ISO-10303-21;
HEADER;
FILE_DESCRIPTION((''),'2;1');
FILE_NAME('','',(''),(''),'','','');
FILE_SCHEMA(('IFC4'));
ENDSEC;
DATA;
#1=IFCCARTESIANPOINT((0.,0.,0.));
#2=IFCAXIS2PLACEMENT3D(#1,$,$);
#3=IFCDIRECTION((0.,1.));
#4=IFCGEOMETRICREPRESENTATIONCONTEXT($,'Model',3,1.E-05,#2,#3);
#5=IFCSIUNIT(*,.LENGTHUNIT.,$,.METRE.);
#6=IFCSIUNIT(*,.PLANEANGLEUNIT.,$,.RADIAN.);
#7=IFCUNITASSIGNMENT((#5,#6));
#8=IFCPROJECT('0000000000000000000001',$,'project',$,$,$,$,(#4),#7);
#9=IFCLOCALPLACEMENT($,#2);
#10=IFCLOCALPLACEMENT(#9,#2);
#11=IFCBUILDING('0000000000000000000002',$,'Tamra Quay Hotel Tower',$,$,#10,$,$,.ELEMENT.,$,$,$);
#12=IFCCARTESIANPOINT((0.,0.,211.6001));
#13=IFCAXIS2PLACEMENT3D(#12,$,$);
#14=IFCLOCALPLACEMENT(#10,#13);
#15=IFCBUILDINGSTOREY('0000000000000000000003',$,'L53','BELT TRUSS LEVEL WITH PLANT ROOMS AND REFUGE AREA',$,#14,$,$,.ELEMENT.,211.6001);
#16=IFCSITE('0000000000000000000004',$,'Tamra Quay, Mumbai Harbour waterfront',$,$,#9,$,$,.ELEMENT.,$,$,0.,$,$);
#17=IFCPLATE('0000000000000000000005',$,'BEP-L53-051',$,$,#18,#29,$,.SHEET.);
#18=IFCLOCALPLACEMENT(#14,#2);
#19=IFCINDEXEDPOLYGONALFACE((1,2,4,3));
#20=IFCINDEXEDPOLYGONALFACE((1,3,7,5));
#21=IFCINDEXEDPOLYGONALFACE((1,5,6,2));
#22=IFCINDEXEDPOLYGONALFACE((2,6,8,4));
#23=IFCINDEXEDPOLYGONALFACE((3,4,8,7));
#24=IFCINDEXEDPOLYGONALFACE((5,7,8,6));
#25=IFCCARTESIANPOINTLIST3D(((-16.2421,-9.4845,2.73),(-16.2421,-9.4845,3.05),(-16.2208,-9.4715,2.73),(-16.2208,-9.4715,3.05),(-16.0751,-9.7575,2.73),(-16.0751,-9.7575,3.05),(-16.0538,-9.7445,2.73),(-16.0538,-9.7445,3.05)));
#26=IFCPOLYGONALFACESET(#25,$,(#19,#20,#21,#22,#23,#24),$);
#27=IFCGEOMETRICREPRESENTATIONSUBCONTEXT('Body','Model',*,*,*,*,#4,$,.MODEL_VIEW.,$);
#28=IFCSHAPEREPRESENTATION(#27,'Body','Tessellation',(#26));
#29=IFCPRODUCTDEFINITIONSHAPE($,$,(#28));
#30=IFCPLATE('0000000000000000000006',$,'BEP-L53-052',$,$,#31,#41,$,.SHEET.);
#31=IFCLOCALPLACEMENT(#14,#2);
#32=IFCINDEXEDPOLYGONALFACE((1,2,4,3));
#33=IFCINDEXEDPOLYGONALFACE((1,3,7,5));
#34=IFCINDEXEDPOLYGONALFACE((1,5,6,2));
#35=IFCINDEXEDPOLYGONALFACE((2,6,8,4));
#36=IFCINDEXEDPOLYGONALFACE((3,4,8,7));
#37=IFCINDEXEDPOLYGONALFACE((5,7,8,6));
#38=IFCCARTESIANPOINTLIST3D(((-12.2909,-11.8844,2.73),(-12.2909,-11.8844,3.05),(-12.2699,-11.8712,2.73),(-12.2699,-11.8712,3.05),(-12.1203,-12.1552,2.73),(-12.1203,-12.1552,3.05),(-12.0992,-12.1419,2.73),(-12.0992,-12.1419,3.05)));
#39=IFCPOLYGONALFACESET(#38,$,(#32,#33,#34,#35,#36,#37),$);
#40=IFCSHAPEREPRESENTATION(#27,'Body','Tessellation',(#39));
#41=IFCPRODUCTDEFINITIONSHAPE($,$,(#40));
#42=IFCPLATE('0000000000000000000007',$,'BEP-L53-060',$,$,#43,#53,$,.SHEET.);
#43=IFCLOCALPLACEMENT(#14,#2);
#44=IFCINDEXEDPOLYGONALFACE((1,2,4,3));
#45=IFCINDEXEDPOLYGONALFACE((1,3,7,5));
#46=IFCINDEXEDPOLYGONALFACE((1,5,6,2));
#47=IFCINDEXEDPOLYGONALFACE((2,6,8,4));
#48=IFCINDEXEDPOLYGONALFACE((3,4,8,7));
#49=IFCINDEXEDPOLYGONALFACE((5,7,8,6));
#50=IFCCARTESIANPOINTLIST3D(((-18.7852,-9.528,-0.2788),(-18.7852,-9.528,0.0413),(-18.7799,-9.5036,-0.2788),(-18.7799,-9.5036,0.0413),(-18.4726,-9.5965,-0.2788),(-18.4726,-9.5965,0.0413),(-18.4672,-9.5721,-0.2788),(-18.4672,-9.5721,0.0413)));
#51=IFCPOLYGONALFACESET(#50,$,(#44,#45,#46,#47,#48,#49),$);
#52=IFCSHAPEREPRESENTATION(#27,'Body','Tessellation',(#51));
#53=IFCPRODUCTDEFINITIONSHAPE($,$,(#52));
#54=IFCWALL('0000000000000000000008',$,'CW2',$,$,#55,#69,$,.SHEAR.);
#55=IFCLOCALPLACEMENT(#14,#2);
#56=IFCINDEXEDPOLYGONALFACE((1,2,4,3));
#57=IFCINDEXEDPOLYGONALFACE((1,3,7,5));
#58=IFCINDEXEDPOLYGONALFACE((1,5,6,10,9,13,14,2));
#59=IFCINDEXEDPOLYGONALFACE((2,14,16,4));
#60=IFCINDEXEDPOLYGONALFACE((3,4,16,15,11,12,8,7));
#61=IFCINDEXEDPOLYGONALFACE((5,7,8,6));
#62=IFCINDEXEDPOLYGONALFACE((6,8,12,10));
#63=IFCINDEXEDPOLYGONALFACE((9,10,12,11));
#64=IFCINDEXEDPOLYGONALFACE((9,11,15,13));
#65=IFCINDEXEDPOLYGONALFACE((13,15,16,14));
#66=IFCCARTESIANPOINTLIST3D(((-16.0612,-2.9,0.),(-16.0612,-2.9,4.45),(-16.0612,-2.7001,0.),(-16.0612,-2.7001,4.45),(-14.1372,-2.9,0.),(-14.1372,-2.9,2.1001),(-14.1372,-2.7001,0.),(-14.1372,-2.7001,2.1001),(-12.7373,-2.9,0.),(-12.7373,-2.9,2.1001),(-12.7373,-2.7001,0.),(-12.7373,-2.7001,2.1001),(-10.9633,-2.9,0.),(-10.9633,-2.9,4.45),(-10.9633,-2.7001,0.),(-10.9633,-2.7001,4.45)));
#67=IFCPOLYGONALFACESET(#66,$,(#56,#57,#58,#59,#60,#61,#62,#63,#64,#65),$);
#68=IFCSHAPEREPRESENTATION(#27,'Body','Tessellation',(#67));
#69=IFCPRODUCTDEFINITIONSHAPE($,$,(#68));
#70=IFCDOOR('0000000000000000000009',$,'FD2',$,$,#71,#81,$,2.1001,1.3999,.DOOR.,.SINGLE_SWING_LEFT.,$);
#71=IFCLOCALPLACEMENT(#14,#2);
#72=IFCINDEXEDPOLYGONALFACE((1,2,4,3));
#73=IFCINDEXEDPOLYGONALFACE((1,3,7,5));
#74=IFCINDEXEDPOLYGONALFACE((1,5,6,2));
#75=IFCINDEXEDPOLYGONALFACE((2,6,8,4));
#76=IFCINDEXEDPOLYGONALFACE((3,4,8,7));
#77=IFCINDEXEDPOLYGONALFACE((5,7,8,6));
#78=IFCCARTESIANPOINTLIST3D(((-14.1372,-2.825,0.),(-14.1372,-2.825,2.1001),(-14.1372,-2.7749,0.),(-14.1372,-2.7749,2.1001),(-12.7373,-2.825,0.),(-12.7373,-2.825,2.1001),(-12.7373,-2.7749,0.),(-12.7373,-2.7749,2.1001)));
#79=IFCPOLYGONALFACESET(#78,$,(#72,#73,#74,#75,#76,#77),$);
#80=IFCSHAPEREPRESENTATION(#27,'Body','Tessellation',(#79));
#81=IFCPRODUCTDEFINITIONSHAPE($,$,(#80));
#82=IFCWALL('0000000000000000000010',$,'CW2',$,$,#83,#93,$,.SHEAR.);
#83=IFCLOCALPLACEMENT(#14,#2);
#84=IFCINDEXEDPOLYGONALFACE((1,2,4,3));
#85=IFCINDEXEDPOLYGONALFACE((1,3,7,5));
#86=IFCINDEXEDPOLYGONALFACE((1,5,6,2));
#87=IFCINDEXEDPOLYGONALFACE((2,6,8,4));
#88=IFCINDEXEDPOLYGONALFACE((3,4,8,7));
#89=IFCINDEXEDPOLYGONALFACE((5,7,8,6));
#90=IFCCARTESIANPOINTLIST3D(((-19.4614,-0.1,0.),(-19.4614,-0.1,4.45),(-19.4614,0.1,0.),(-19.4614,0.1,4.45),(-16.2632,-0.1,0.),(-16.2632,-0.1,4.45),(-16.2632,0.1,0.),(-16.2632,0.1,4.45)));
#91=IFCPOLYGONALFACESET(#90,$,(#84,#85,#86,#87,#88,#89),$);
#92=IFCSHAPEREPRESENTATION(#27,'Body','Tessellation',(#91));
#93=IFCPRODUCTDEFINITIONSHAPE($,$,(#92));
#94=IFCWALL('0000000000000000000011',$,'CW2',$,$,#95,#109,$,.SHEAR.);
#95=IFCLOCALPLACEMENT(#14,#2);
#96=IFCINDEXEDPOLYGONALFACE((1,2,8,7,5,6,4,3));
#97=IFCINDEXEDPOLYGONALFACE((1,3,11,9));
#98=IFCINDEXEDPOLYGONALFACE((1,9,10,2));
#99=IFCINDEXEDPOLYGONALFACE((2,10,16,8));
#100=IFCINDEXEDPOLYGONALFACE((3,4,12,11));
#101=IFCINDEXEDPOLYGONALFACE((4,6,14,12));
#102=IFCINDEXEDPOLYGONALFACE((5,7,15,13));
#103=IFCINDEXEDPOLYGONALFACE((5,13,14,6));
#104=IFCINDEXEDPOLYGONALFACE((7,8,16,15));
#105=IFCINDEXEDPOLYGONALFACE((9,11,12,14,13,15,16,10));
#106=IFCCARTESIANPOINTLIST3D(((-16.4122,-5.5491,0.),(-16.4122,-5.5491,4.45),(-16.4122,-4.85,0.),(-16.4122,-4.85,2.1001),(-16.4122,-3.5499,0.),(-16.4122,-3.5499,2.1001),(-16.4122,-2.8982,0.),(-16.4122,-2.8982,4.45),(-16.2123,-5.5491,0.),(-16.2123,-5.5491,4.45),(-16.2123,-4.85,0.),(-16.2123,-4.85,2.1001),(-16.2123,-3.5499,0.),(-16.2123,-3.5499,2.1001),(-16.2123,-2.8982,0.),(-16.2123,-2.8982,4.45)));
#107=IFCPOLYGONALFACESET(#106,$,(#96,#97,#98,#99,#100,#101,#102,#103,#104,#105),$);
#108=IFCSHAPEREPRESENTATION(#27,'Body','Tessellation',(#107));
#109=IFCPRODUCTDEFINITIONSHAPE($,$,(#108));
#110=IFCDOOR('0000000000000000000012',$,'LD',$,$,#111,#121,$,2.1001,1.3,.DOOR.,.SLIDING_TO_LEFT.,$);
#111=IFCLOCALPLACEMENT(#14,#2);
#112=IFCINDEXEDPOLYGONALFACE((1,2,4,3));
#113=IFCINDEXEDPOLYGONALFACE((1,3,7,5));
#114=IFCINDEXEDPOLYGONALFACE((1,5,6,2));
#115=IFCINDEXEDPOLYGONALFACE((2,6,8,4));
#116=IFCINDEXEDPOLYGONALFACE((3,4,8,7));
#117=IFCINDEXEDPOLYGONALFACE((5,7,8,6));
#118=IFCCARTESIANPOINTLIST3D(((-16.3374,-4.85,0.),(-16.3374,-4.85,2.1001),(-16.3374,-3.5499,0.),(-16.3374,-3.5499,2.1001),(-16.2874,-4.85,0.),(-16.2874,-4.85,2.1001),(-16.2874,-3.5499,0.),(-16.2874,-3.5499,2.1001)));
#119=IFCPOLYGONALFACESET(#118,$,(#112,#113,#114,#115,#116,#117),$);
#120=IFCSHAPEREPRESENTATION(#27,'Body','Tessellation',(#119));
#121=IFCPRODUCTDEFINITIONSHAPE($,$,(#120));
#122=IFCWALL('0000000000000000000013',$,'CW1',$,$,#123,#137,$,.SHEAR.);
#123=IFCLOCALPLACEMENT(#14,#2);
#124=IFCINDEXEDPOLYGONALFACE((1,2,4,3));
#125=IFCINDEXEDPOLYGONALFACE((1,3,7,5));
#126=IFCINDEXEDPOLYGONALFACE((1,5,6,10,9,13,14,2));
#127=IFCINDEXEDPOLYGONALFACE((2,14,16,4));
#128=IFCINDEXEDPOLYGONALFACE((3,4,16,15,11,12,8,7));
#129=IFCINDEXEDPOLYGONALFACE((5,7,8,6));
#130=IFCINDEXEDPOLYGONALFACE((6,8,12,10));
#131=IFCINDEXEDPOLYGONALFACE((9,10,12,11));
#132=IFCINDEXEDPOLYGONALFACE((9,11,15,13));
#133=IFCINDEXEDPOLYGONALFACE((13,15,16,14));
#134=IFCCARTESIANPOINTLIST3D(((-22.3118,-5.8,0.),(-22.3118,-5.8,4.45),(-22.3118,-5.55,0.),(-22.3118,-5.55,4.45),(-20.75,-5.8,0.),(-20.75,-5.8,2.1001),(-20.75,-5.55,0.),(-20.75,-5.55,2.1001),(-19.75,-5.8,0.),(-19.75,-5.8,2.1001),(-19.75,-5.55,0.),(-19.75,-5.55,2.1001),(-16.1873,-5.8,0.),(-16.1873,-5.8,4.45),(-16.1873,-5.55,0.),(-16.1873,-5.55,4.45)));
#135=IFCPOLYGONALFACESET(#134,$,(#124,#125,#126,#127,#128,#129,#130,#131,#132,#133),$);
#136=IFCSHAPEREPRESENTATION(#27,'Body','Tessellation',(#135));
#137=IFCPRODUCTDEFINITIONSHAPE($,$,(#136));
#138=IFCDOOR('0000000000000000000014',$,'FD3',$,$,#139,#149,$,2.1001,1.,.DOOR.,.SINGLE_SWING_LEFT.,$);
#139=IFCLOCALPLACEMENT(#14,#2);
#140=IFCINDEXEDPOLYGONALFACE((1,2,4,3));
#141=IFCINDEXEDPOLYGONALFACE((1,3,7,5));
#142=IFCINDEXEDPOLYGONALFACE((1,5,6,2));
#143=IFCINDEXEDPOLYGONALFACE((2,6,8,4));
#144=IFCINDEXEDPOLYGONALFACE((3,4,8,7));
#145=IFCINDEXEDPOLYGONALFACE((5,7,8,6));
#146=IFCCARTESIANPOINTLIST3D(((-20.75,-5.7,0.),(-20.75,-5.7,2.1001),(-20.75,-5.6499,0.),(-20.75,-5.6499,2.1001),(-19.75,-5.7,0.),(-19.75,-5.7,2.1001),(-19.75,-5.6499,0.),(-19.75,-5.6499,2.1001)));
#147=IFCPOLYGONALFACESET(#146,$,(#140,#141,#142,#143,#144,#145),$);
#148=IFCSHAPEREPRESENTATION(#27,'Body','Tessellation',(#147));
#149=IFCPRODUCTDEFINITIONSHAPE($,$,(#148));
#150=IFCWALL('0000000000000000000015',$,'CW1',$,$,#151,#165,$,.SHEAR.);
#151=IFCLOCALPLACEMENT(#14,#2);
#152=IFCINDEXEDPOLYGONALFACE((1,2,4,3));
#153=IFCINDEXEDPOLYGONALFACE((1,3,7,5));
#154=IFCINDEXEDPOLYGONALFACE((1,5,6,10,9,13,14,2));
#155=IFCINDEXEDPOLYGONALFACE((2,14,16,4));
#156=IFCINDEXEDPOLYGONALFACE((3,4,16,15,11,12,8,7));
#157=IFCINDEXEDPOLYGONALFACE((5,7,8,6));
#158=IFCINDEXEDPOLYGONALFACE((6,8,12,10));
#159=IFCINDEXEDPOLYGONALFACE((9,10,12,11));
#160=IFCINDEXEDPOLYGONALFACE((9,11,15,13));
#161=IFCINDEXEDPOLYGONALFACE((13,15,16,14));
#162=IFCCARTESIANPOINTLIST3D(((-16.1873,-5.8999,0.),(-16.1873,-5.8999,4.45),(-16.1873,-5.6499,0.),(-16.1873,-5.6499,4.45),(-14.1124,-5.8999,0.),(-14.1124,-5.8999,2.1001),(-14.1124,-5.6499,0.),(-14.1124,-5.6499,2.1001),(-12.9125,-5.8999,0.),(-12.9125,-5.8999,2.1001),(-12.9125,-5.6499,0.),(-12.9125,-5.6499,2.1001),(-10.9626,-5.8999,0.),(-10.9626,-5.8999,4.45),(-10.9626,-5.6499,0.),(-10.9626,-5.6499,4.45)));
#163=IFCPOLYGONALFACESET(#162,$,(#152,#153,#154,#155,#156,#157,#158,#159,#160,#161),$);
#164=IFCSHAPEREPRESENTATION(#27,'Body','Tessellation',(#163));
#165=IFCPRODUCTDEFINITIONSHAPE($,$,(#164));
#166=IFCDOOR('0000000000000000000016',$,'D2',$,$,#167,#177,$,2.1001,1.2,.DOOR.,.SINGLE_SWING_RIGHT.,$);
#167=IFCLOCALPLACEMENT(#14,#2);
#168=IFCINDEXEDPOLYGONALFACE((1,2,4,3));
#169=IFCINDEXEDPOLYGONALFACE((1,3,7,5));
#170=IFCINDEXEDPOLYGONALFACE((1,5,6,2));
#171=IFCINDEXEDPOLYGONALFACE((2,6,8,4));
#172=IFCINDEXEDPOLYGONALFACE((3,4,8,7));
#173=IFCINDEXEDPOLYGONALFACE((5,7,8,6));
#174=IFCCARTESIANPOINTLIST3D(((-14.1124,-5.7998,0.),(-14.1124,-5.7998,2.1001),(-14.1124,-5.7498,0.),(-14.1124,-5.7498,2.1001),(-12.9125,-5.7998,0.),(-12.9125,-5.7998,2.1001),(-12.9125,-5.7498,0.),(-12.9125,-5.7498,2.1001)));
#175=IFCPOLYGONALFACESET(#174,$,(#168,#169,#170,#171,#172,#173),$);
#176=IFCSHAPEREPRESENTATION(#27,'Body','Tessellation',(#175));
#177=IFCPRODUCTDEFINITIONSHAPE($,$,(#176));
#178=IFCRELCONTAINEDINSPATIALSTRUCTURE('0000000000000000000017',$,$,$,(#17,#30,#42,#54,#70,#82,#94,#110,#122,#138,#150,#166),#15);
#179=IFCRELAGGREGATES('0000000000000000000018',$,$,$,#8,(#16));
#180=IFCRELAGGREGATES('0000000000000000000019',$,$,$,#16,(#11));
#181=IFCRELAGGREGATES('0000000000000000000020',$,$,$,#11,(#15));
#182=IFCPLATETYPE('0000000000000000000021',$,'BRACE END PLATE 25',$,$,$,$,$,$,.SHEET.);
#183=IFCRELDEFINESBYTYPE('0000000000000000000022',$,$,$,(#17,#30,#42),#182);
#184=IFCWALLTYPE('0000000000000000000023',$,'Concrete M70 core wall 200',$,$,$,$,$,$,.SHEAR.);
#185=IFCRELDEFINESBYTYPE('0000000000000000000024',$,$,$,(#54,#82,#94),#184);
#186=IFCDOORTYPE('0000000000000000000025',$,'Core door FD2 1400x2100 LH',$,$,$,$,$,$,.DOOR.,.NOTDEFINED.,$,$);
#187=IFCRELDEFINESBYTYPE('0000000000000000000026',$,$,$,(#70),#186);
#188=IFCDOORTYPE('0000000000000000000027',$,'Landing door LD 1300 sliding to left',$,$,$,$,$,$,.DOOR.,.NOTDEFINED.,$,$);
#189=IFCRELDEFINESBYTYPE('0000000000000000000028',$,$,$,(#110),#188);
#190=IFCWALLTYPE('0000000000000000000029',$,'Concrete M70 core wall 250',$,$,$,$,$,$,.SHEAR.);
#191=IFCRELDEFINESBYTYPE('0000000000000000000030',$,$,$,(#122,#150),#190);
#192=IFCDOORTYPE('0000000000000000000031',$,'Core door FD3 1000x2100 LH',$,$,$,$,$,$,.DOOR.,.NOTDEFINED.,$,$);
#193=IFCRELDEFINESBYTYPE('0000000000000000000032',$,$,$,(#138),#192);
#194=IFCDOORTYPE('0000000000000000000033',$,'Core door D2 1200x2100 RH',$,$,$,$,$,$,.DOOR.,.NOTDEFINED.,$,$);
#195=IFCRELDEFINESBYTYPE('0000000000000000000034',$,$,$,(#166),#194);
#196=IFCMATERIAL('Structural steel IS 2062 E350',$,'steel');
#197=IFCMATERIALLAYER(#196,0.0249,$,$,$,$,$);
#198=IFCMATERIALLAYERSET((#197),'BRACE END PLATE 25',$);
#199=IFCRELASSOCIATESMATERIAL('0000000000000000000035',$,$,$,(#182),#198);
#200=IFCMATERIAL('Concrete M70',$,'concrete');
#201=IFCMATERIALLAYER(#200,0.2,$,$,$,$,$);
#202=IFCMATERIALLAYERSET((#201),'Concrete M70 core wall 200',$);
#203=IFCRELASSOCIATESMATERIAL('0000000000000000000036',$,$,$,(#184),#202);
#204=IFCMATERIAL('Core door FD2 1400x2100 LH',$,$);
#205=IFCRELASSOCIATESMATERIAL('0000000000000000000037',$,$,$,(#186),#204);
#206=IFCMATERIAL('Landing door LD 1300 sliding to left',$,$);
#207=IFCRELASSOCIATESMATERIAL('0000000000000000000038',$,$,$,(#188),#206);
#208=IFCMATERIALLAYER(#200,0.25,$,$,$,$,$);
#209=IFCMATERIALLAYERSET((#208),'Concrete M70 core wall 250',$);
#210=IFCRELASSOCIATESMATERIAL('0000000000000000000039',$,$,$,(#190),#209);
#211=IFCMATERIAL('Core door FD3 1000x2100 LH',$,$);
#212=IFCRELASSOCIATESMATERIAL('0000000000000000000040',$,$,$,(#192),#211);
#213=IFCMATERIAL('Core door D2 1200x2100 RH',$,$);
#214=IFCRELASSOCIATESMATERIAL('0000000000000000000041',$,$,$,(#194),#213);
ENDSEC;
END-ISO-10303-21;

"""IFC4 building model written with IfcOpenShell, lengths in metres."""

from ifc_helpers import new_model, si_unit, direction, frame, frame_2d, origin, origin_2d, place, context, subcontext, project, spatial, rectangle, extrude, material, layer, layer_set, type_object, element, fill, save


model = new_model("IFC4")

# Units and contexts
model_context = context("Model", 3, precision=1e-05, world=origin(), true_north=direction((0.0, 1.0)))
body_context = subcontext(model_context, "Body", "Model", "MODEL_VIEW")
ifc_project = project(units=[si_unit("LENGTHUNIT", "METRE"), si_unit("PLANEANGLEUNIT", "RADIAN")], contexts=[model_context])

# Site, building, storey
site_placement = place(None, origin())
site = spatial("IfcSite", under=ifc_project, at=site_placement, Name="Tamra Quay, Mumbai Harbour waterfront", CompositionType="ELEMENT", RefElevation=0.0)
building_placement = place(site_placement, origin())
building = spatial("IfcBuilding", under=site, at=building_placement, Name="Tamra Quay Hotel Tower", CompositionType="ELEMENT")
storey_placement = place(building_placement, frame((0.0, 0.0, 211.6001)))
storey = spatial("IfcBuildingStorey", under=building, at=storey_placement, Name="L53", Description="BELT TRUSS LEVEL WITH PLANT ROOMS AND REFUGE AREA", CompositionType="ELEMENT", Elevation=211.6001)

# Shared definitions
ifc_material_1 = material(Name="Structural steel IS 2062 E350", Category="steel")

# Plates
ifc_layer_1 = layer(ifc_material_1, 0.0249)
ifc_layer_set_1 = layer_set([ifc_layer_1], Name="BRACE END PLATE 25")
plate_type = type_object("IfcPlateType", Name="BRACE END PLATE 25", PredefinedType="SHEET", material=ifc_layer_set_1)
for number, where, z_axis, x_axis, name in (
    (1, (-16.1479, -9.6145, 2.73), (0.0, 0.0, 1.0), (0.85304, 0.521845, 0.0), "BEP-L53-051"),
    (2, (-12.1951, -12.0132, 2.73), (0.0, 0.0, 1.0), (0.845951, 0.53326, 0.0), "BEP-L53-052"),
    (3, (-18.6262, -9.55, -0.2788), (0.0, 0.0, 1.0), (0.213946, 0.976845, 0.0), "BEP-L53-060"),
):
    element("IfcPlate", number, at=place(storey_placement, frame(where, z_axis=z_axis, x_axis=x_axis)), inside=storey, type_object=plate_type, Name=name, PredefinedType="SHEET", context=body_context, shape_type="SweptSolid", body=[
        extrude(rectangle(XDim=0.0249, YDim=0.3201, at=origin_2d()), origin(), (0.0, 0.0, 1.0), 0.3201),
    ])

# Wall, opening, door
ifc_material_2 = material(Name="Concrete M70", Category="concrete")
ifc_layer_2 = layer(ifc_material_2, 0.2)
ifc_layer_set_2 = layer_set([ifc_layer_2], Name="Concrete M70 core wall 200")
wall_type_1 = type_object("IfcWallType", Name="Concrete M70 core wall 200", PredefinedType="SHEAR", material=ifc_layer_set_2)
wall_1_placement = place(storey_placement, frame((-10.9634, -2.8, 0.0), z_axis=(0.0, 0.0, 1.0), x_axis=(-1.0, 0.0, 0.0)))
wall_1 = element("IfcWall", 4, at=wall_1_placement, inside=storey, type_object=wall_type_1, Name="CW2", PredefinedType="SHEAR", context=body_context, shape_type="SweptSolid", body=[
    extrude(rectangle(XDim=5.0979, YDim=0.2, at=frame_2d((2.5488, 0.0))), origin(), (0.0, 0.0, 1.0), 4.45),
])
opening_1_placement = place(wall_1_placement, frame((1.7739, 0.0, 0.0)))
opening_1 = element("IfcOpeningElement", 5, at=opening_1_placement, cuts=wall_1, PredefinedType="OPENING", context=body_context, shape_type="SweptSolid", body=[
    extrude(rectangle(XDim=1.3999, YDim=2.1001, at=frame_2d((0.7, 1.05))), frame((0.0, 0.1099, 0.0), z_axis=(0.0, -1.0, 0.0), x_axis=(1.0, 0.0, 0.0)), (0.0, 0.0, 1.0), 0.22),
])
ifc_material_3 = material(Name="Core door FD2 1400x2100 LH")
door_type_1 = type_object("IfcDoorType", Name="Core door FD2 1400x2100 LH", OperationType="NOTDEFINED", PredefinedType="DOOR", material=ifc_material_3)
door_1_placement = place(opening_1_placement, origin())
door_1 = element("IfcDoor", 6, at=door_1_placement, inside=storey, type_object=door_type_1, Name="FD2", OperationType="SINGLE_SWING_LEFT", OverallHeight=2.1001, OverallWidth=1.3999, PredefinedType="DOOR", context=body_context, shape_type="SweptSolid", body=[
    extrude(rectangle(XDim=1.3999, YDim=2.1001, at=frame_2d((0.7, 1.05))), frame((0.0, 0.0249, 0.0), z_axis=(0.0, -1.0, 0.0), x_axis=(1.0, 0.0, 0.0)), (0.0, 0.0, 1.0), 0.05),
])
fill(opening_1, door_1)

# Wall
wall_2_placement = place(storey_placement, frame((-16.2632, 0.0, 0.0), z_axis=(0.0, 0.0, 1.0), x_axis=(-1.0, 0.0, 0.0)))
element("IfcWall", 7, at=wall_2_placement, inside=storey, type_object=wall_type_1, Name="CW2", PredefinedType="SHEAR", context=body_context, shape_type="SweptSolid", body=[
    extrude(rectangle(XDim=3.1982, YDim=0.2, at=frame_2d((1.5991, 0.0))), origin(), (0.0, 0.0, 1.0), 4.45),
])

# Walls, openings, doors
wall_3_placement = place(storey_placement, frame((-16.3123, -2.8982, 0.0), z_axis=(0.0, 0.0, 1.0), x_axis=(0.0, -1.0, 0.0)))
wall_3 = element("IfcWall", 8, at=wall_3_placement, inside=storey, type_object=wall_type_1, Name="CW2", PredefinedType="SHEAR", context=body_context, shape_type="SweptSolid", body=[
    extrude(rectangle(XDim=2.6509, YDim=0.2, at=frame_2d((1.3254, 0.0))), origin(), (0.0, 0.0, 1.0), 4.45),
])
opening_2_placement = place(wall_3_placement, frame((0.6519, 0.0, 0.0)))
opening_2 = element("IfcOpeningElement", 9, at=opening_2_placement, cuts=wall_3, PredefinedType="OPENING", context=body_context, shape_type="SweptSolid", body=[
    extrude(rectangle(XDim=1.3, YDim=2.1001, at=frame_2d((0.6499, 1.05))), frame((0.0, 0.1099, 0.0), z_axis=(0.0, -1.0, 0.0), x_axis=(1.0, 0.0, 0.0)), (0.0, 0.0, 1.0), 0.22),
])
ifc_material_4 = material(Name="Landing door LD 1300 sliding to left")
door_type_2 = type_object("IfcDoorType", Name="Landing door LD 1300 sliding to left", OperationType="NOTDEFINED", PredefinedType="DOOR", material=ifc_material_4)
door_2_placement = place(opening_2_placement, origin())
door_2 = element("IfcDoor", 10, at=door_2_placement, inside=storey, type_object=door_type_2, Name="LD", OperationType="SLIDING_TO_LEFT", OverallHeight=2.1001, OverallWidth=1.3, PredefinedType="DOOR", context=body_context, shape_type="SweptSolid", body=[
    extrude(rectangle(XDim=1.3, YDim=2.1001, at=frame_2d((0.6499, 1.05))), frame((0.0, 0.0249, 0.0), z_axis=(0.0, -1.0, 0.0), x_axis=(1.0, 0.0, 0.0)), (0.0, 0.0, 1.0), 0.05),
])
fill(opening_2, door_2)
ifc_layer_3 = layer(ifc_material_2, 0.25)
ifc_layer_set_3 = layer_set([ifc_layer_3], Name="Concrete M70 core wall 250")
wall_type_2 = type_object("IfcWallType", Name="Concrete M70 core wall 250", PredefinedType="SHEAR", material=ifc_layer_set_3)
wall_4_placement = place(storey_placement, frame((-16.1873, -5.675, 0.0), z_axis=(0.0, 0.0, 1.0), x_axis=(-1.0, 0.0, 0.0)))
wall_4 = element("IfcWall", 11, at=wall_4_placement, inside=storey, type_object=wall_type_2, Name="CW1", PredefinedType="SHEAR", context=body_context, shape_type="SweptSolid", body=[
    extrude(rectangle(XDim=6.1245, YDim=0.25, at=frame_2d((3.0623, 0.0))), origin(), (0.0, 0.0, 1.0), 4.45),
])
opening_3_placement = place(wall_4_placement, frame((3.5627, 0.0, 0.0)))
opening_3 = element("IfcOpeningElement", 12, at=opening_3_placement, cuts=wall_4, PredefinedType="OPENING", context=body_context, shape_type="SweptSolid", body=[
    extrude(rectangle(XDim=1.0, YDim=2.1001, at=frame_2d((0.5, 1.05))), frame((0.0, 0.135, 0.0), z_axis=(0.0, -1.0, 0.0), x_axis=(1.0, 0.0, 0.0)), (0.0, 0.0, 1.0), 0.27),
])
ifc_material_5 = material(Name="Core door FD3 1000x2100 LH")
door_type_3 = type_object("IfcDoorType", Name="Core door FD3 1000x2100 LH", OperationType="NOTDEFINED", PredefinedType="DOOR", material=ifc_material_5)
door_3_placement = place(opening_3_placement, origin())
door_3 = element("IfcDoor", 13, at=door_3_placement, inside=storey, type_object=door_type_3, Name="FD3", OperationType="SINGLE_SWING_LEFT", OverallHeight=2.1001, OverallWidth=1.0, PredefinedType="DOOR", context=body_context, shape_type="SweptSolid", body=[
    extrude(rectangle(XDim=1.0, YDim=2.1001, at=frame_2d((0.5, 1.05))), frame((0.0, 0.0249, 0.0), z_axis=(0.0, -1.0, 0.0), x_axis=(1.0, 0.0, 0.0)), (0.0, 0.0, 1.0), 0.05),
])
fill(opening_3, door_3)
wall_5_placement = place(storey_placement, frame((-10.9626, -5.7749, 0.0), z_axis=(0.0, 0.0, 1.0), x_axis=(-1.0, 0.0, 0.0)))
wall_5 = element("IfcWall", 14, at=wall_5_placement, inside=storey, type_object=wall_type_2, Name="CW1", PredefinedType="SHEAR", context=body_context, shape_type="SweptSolid", body=[
    extrude(rectangle(XDim=5.2246, YDim=0.25, at=frame_2d((2.6123, 0.0))), origin(), (0.0, 0.0, 1.0), 4.45),
])
opening_4_placement = place(wall_5_placement, frame((1.9497, 0.0, 0.0)))
opening_4 = element("IfcOpeningElement", 15, at=opening_4_placement, cuts=wall_5, PredefinedType="OPENING", context=body_context, shape_type="SweptSolid", body=[
    extrude(rectangle(XDim=1.2, YDim=2.1001, at=frame_2d((0.6001, 1.05))), frame((0.0, 0.135, 0.0), z_axis=(0.0, -1.0, 0.0), x_axis=(1.0, 0.0, 0.0)), (0.0, 0.0, 1.0), 0.27),
])
ifc_material_6 = material(Name="Core door D2 1200x2100 RH")
door_type_4 = type_object("IfcDoorType", Name="Core door D2 1200x2100 RH", OperationType="NOTDEFINED", PredefinedType="DOOR", material=ifc_material_6)
door_4_placement = place(opening_4_placement, origin())
door_4 = element("IfcDoor", 16, at=door_4_placement, inside=storey, type_object=door_type_4, Name="D2", OperationType="SINGLE_SWING_RIGHT", OverallHeight=2.1001, OverallWidth=1.2, PredefinedType="DOOR", context=body_context, shape_type="SweptSolid", body=[
    extrude(rectangle(XDim=1.2, YDim=2.1001, at=frame_2d((0.6001, 1.05))), frame((0.0, 0.0249, 0.0), z_axis=(0.0, -1.0, 0.0), x_axis=(1.0, 0.0, 0.0)), (0.0, 0.0, 1.0), 0.05),
])
fill(opening_4, door_4)

save(model, "model.ifc")
